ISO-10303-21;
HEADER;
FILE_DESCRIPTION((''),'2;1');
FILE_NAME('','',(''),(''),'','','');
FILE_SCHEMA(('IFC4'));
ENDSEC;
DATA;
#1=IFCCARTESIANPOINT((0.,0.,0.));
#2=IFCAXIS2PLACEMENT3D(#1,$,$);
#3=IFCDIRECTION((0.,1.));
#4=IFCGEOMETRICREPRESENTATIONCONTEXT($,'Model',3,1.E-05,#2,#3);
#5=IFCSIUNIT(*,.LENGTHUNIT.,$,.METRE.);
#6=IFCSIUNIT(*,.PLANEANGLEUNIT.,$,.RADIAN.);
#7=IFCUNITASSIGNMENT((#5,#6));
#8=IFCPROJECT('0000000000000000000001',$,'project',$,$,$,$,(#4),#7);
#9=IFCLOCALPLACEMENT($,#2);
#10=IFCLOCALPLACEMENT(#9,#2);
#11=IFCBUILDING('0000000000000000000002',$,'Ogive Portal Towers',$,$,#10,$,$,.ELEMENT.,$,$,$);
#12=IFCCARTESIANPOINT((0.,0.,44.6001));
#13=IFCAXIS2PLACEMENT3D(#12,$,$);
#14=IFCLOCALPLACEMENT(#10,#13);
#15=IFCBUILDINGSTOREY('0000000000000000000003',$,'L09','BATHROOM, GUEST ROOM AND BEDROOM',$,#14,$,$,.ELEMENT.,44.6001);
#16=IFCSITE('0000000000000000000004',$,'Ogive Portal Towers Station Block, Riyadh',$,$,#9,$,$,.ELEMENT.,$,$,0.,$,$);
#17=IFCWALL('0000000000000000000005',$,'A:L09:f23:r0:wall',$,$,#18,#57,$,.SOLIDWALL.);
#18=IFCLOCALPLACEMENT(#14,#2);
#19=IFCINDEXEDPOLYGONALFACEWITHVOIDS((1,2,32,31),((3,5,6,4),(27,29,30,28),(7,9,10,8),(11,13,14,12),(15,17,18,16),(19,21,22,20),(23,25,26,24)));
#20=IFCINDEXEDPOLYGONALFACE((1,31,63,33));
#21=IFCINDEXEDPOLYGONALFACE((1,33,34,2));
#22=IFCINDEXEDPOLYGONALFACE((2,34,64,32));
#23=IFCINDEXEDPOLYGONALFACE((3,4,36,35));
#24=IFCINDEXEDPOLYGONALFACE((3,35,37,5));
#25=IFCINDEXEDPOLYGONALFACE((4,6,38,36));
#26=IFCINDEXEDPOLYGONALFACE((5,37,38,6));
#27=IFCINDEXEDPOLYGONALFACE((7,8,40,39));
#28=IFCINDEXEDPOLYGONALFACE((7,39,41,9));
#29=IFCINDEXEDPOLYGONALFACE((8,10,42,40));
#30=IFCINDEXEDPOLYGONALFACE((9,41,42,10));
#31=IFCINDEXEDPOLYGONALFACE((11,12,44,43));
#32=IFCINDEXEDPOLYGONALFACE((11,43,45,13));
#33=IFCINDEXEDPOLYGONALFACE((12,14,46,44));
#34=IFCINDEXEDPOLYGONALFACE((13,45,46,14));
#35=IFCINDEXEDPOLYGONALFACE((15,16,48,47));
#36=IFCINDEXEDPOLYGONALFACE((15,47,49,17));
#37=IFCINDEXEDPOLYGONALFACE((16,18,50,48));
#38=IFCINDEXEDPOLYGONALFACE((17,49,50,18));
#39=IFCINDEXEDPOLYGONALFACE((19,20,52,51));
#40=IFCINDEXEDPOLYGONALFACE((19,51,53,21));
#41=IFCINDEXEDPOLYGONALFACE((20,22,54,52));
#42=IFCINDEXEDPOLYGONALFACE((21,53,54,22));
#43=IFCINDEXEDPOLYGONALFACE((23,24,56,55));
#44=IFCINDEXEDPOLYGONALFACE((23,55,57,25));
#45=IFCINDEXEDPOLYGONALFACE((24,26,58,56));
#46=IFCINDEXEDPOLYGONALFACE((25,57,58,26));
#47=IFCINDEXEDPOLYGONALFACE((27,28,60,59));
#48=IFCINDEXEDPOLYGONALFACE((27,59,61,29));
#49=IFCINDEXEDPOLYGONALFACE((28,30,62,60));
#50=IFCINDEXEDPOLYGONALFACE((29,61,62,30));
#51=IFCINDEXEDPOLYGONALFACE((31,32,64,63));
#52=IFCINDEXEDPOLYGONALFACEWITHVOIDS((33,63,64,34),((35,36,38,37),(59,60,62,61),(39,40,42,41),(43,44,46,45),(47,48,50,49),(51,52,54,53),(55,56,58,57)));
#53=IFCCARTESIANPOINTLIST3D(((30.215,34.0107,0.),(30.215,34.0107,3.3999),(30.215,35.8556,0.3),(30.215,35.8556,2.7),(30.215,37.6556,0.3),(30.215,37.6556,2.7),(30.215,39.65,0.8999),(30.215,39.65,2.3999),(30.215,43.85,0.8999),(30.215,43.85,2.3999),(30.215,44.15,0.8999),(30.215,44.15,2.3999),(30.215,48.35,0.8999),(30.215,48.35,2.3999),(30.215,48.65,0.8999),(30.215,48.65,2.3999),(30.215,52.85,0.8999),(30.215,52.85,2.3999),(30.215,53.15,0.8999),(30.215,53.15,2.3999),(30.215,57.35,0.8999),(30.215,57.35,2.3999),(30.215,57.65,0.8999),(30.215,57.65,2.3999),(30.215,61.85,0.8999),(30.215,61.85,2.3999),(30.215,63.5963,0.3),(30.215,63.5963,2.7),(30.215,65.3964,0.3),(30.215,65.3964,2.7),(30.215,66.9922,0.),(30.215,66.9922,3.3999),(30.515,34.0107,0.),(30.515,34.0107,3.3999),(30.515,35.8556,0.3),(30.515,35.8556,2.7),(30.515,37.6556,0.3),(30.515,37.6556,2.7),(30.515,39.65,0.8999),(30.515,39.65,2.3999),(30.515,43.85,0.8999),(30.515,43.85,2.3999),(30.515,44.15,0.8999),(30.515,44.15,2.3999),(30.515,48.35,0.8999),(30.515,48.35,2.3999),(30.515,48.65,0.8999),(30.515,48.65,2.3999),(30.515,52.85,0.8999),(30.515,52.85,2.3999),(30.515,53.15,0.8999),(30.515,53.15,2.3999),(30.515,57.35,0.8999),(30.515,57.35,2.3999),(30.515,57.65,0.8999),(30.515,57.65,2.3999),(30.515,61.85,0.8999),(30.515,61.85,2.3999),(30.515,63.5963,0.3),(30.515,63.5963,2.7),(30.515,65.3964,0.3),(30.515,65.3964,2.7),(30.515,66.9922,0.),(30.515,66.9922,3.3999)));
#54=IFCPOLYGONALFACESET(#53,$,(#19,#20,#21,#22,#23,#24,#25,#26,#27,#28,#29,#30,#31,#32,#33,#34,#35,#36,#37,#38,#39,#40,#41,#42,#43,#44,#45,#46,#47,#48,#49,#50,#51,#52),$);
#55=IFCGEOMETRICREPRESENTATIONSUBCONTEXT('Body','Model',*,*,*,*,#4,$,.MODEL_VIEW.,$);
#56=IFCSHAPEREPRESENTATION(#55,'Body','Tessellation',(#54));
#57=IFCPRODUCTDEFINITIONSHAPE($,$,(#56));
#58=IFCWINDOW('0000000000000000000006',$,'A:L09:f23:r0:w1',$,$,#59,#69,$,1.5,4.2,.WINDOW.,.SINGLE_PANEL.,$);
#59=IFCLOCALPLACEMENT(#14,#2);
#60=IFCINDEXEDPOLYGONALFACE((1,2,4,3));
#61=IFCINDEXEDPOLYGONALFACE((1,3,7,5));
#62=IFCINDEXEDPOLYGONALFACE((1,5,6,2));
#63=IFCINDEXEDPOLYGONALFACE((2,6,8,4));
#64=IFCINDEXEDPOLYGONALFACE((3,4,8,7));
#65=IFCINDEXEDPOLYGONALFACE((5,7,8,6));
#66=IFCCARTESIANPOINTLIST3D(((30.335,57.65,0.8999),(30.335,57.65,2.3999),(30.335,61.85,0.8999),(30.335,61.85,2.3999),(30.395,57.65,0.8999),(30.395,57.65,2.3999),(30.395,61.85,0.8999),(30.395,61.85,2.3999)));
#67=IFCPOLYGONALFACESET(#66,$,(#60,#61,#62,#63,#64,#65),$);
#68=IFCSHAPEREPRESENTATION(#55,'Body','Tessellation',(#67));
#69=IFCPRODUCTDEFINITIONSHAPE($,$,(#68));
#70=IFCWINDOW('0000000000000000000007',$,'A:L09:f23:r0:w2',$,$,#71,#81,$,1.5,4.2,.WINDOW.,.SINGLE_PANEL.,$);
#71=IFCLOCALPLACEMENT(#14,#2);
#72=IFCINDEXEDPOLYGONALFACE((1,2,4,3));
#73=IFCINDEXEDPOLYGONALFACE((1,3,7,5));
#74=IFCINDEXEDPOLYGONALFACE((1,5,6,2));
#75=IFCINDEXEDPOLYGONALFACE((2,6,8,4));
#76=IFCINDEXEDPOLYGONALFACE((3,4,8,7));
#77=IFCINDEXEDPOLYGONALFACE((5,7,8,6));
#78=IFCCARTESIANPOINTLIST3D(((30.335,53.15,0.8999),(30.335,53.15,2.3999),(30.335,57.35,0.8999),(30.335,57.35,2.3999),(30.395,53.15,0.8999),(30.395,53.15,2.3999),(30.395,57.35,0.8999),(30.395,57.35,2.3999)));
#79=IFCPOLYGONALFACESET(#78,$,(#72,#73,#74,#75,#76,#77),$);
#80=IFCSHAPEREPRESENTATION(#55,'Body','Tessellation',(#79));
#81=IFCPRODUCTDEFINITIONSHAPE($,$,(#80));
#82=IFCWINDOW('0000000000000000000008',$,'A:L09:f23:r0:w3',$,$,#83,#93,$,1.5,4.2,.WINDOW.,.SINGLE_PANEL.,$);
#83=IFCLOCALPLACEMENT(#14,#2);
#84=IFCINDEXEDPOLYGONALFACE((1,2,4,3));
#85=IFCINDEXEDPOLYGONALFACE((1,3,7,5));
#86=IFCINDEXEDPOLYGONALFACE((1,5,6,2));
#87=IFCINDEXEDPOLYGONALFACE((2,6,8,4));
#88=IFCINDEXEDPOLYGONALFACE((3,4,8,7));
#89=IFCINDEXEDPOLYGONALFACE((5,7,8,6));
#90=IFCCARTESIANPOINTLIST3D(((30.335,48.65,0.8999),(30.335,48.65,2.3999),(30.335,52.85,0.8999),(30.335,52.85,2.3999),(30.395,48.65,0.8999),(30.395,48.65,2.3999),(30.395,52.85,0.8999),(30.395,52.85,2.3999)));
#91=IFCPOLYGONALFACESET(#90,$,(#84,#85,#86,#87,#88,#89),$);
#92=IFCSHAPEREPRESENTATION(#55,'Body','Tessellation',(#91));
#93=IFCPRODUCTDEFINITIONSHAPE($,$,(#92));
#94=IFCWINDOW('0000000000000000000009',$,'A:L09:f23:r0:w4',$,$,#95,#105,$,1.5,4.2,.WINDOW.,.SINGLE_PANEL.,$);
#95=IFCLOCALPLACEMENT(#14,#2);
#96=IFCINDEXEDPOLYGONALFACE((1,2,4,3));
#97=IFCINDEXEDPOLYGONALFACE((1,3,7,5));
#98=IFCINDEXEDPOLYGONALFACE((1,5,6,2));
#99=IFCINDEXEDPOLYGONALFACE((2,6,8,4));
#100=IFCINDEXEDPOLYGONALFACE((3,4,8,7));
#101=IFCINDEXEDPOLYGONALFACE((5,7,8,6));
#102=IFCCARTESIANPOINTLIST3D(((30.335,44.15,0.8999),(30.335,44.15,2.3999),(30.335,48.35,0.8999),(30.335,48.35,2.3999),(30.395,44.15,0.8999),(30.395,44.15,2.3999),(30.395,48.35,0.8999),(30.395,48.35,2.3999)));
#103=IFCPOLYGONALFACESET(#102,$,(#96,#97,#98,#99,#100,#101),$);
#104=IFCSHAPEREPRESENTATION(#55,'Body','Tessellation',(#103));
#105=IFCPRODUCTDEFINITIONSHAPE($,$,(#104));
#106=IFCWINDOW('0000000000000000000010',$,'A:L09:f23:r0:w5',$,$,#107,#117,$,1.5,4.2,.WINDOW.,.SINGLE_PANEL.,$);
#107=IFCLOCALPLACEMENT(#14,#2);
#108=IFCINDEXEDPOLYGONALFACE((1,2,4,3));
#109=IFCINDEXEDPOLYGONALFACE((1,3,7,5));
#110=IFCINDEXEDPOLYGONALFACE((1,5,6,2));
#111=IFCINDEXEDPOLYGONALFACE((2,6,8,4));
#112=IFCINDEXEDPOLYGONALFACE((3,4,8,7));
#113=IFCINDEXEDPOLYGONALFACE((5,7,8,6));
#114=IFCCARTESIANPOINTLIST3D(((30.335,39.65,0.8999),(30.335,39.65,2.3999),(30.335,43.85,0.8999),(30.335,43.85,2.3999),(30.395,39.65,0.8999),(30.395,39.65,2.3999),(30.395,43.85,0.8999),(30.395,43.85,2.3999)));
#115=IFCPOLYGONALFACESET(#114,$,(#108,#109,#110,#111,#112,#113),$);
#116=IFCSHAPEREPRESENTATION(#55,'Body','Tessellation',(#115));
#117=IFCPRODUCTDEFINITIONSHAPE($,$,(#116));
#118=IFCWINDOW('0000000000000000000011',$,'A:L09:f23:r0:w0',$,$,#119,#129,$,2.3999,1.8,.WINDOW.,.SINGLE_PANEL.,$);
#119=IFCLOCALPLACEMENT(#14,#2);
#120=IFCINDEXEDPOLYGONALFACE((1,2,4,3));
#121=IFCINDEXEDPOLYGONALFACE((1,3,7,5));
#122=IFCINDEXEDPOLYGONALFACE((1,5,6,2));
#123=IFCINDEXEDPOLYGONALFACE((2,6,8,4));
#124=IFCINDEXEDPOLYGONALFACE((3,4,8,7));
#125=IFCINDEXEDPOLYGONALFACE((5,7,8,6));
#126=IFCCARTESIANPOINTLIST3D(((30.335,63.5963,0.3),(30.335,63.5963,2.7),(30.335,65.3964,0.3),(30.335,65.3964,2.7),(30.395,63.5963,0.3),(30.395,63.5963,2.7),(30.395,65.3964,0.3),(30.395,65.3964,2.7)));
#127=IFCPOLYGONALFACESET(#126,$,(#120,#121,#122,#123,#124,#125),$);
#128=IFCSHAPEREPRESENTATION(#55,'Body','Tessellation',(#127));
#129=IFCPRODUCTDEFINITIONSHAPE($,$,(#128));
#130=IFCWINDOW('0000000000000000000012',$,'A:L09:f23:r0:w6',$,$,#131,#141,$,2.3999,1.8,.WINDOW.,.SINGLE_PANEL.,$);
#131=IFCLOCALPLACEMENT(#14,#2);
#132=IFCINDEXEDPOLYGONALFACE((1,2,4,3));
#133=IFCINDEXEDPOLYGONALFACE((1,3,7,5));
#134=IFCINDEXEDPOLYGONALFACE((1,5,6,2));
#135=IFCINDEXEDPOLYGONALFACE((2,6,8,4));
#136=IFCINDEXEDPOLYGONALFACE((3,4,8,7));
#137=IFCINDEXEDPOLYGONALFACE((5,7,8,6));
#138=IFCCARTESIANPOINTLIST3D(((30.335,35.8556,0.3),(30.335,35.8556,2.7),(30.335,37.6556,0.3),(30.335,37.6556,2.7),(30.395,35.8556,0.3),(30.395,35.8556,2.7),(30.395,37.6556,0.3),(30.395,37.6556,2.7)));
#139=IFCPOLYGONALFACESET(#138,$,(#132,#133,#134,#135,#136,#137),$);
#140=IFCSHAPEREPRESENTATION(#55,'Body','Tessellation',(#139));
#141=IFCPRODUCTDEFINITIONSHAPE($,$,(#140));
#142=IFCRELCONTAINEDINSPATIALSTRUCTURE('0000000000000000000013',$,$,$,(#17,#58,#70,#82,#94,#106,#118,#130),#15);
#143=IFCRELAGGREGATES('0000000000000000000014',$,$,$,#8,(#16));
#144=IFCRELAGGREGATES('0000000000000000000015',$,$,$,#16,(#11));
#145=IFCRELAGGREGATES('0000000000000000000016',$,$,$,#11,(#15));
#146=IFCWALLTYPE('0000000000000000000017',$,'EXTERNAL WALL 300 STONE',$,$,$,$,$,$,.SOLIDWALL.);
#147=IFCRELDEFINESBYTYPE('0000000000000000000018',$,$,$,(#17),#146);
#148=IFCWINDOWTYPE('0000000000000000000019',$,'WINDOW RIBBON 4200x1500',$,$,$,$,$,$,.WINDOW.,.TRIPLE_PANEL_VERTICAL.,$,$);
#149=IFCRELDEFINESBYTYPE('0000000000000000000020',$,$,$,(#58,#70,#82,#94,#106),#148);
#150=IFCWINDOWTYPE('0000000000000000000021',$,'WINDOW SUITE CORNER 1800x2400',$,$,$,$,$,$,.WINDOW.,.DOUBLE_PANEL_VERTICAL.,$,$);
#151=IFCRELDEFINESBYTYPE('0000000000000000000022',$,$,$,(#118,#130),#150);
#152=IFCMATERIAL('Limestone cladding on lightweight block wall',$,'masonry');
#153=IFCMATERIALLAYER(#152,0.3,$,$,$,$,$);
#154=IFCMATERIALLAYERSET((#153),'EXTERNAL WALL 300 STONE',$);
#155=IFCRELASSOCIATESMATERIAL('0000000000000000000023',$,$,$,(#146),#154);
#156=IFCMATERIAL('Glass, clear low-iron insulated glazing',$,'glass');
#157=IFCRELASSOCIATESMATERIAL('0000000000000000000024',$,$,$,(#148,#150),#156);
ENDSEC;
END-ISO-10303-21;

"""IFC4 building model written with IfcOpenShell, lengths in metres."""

from ifc_helpers import new_model, si_unit, direction, frame, frame_2d, origin, place, context, subcontext, project, spatial, rectangle, extrude, material, layer, layer_set, type_object, element, fill, save


model = new_model("IFC4")

# Units and contexts
model_context = context("Model", 3, precision=1e-05, world=origin(), true_north=direction((0.0, 1.0)))
body_context = subcontext(model_context, "Body", "Model", "MODEL_VIEW")
ifc_project = project(units=[si_unit("LENGTHUNIT", "METRE"), si_unit("PLANEANGLEUNIT", "RADIAN")], contexts=[model_context])

# Site, building, storey
site_placement = place(None, origin())
site = spatial("IfcSite", under=ifc_project, at=site_placement, Name="Ogive Portal Towers Station Block, Riyadh", CompositionType="ELEMENT", RefElevation=0.0)
building_placement = place(site_placement, origin())
building = spatial("IfcBuilding", under=site, at=building_placement, Name="Ogive Portal Towers", CompositionType="ELEMENT")
storey_placement = place(building_placement, frame((0.0, 0.0, 44.6001)))
storey = spatial("IfcBuildingStorey", under=building, at=storey_placement, Name="L09", Description="BATHROOM, GUEST ROOM AND BEDROOM", CompositionType="ELEMENT", Elevation=44.6001)

# Shared definitions
ifc_material_1 = material(Name="Glass, clear low-iron insulated glazing", Category="glass")

# Wall, openings, windows
ifc_material_2 = material(Name="Limestone cladding on lightweight block wall", Category="masonry")
ifc_layer_1 = layer(ifc_material_2, 0.3)
ifc_layer_set_1 = layer_set([ifc_layer_1], Name="EXTERNAL WALL 300 STONE")
wall_type_1 = type_object("IfcWallType", Name="EXTERNAL WALL 300 STONE", PredefinedType="SOLIDWALL", material=ifc_layer_set_1)
wall_1_placement = place(storey_placement, frame((30.365, 66.9922, 0.0), z_axis=(0.0, 0.0, 1.0), x_axis=(0.0, -1.0, 0.0)))
wall_1 = element("IfcWall", 1, at=wall_1_placement, inside=storey, type_object=wall_type_1, Name="A:L09:f23:r0:wall", PredefinedType="SOLIDWALL", context=body_context, shape_type="SweptSolid", body=[
    extrude(rectangle(XDim=32.9814, YDim=0.3, at=frame_2d((16.4907, 0.0))), origin(), (0.0, 0.0, 1.0), 3.3999),
])
opening_1_placement = place(wall_1_placement, frame((1.5959, 0.0, 0.3)))
opening_1 = element("IfcOpeningElement", 2, at=opening_1_placement, cuts=wall_1, PredefinedType="OPENING", context=body_context, shape_type="SweptSolid", body=[
    extrude(rectangle(XDim=1.8, YDim=2.3999, at=frame_2d((0.8999, 1.2))), frame((0.0, 0.1602, 0.0), z_axis=(0.0, -1.0, 0.0), x_axis=(1.0, 0.0, 0.0)), (0.0, 0.0, 1.0), 0.3201),
])
opening_2_placement = place(wall_1_placement, frame((5.1421, 0.0, 0.8999)))
opening_2 = element("IfcOpeningElement", 3, at=opening_2_placement, cuts=wall_1, PredefinedType="OPENING", context=body_context, shape_type="SweptSolid", body=[
    extrude(rectangle(XDim=4.2, YDim=1.5, at=frame_2d((2.1001, 0.75))), frame((0.0, 0.1602, 0.0), z_axis=(0.0, -1.0, 0.0), x_axis=(1.0, 0.0, 0.0)), (0.0, 0.0, 1.0), 0.3201),
])
opening_3_placement = place(wall_1_placement, frame((9.6421, 0.0, 0.8999)))
opening_3 = element("IfcOpeningElement", 4, at=opening_3_placement, cuts=wall_1, PredefinedType="OPENING", context=body_context, shape_type="SweptSolid", body=[
    extrude(rectangle(XDim=4.2, YDim=1.5, at=frame_2d((2.1001, 0.75))), frame((0.0, 0.1602, 0.0), z_axis=(0.0, -1.0, 0.0), x_axis=(1.0, 0.0, 0.0)), (0.0, 0.0, 1.0), 0.3201),
])
opening_4_placement = place(wall_1_placement, frame((14.1421, 0.0, 0.8999)))
opening_4 = element("IfcOpeningElement", 5, at=opening_4_placement, cuts=wall_1, PredefinedType="OPENING", context=body_context, shape_type="SweptSolid", body=[
    extrude(rectangle(XDim=4.2, YDim=1.5, at=frame_2d((2.1001, 0.75))), frame((0.0, 0.1602, 0.0), z_axis=(0.0, -1.0, 0.0), x_axis=(1.0, 0.0, 0.0)), (0.0, 0.0, 1.0), 0.3201),
])
opening_5_placement = place(wall_1_placement, frame((18.6421, 0.0, 0.8999)))
opening_5 = element("IfcOpeningElement", 6, at=opening_5_placement, cuts=wall_1, PredefinedType="OPENING", context=body_context, shape_type="SweptSolid", body=[
    extrude(rectangle(XDim=4.2, YDim=1.5, at=frame_2d((2.1001, 0.75))), frame((0.0, 0.1602, 0.0), z_axis=(0.0, -1.0, 0.0), x_axis=(1.0, 0.0, 0.0)), (0.0, 0.0, 1.0), 0.3201),
])
opening_6_placement = place(wall_1_placement, frame((23.1421, 0.0, 0.8999)))
opening_6 = element("IfcOpeningElement", 7, at=opening_6_placement, cuts=wall_1, PredefinedType="OPENING", context=body_context, shape_type="SweptSolid", body=[
    extrude(rectangle(XDim=4.2, YDim=1.5, at=frame_2d((2.1001, 0.75))), frame((0.0, 0.1602, 0.0), z_axis=(0.0, -1.0, 0.0), x_axis=(1.0, 0.0, 0.0)), (0.0, 0.0, 1.0), 0.3201),
])
opening_7_placement = place(wall_1_placement, frame((29.3367, 0.0, 0.3)))
opening_7 = element("IfcOpeningElement", 8, at=opening_7_placement, cuts=wall_1, PredefinedType="OPENING", context=body_context, shape_type="SweptSolid", body=[
    extrude(rectangle(XDim=1.8, YDim=2.3999, at=frame_2d((0.8999, 1.2))), frame((0.0, 0.1602, 0.0), z_axis=(0.0, -1.0, 0.0), x_axis=(1.0, 0.0, 0.0)), (0.0, 0.0, 1.0), 0.3201),
])
window_type_1 = type_object("IfcWindowType", Name="WINDOW RIBBON 4200x1500", PartitioningType="TRIPLE_PANEL_VERTICAL", PredefinedType="WINDOW", material=ifc_material_1)
window_1_placement = place(opening_2_placement, origin())
window_1 = element("IfcWindow", 9, at=window_1_placement, inside=storey, type_object=window_type_1, Name="A:L09:f23:r0:w1", OverallHeight=1.5, OverallWidth=4.2, PartitioningType="SINGLE_PANEL", PredefinedType="WINDOW", context=body_context, shape_type="SweptSolid", body=[
    extrude(rectangle(XDim=4.2, YDim=1.5, at=frame_2d((2.1001, 0.75))), frame((0.0, 0.03, 0.0), z_axis=(0.0, -1.0, 0.0), x_axis=(1.0, 0.0, 0.0)), (0.0, 0.0, 1.0), 0.0601),
])
fill(opening_2, window_1)
window_2_placement = place(opening_3_placement, origin())
window_2 = element("IfcWindow", 10, at=window_2_placement, inside=storey, type_object=window_type_1, Name="A:L09:f23:r0:w2", OverallHeight=1.5, OverallWidth=4.2, PartitioningType="SINGLE_PANEL", PredefinedType="WINDOW", context=body_context, shape_type="SweptSolid", body=[
    extrude(rectangle(XDim=4.2, YDim=1.5, at=frame_2d((2.1001, 0.75))), frame((0.0, 0.03, 0.0), z_axis=(0.0, -1.0, 0.0), x_axis=(1.0, 0.0, 0.0)), (0.0, 0.0, 1.0), 0.0601),
])
fill(opening_3, window_2)
window_3_placement = place(opening_4_placement, origin())
window_3 = element("IfcWindow", 11, at=window_3_placement, inside=storey, type_object=window_type_1, Name="A:L09:f23:r0:w3", OverallHeight=1.5, OverallWidth=4.2, PartitioningType="SINGLE_PANEL", PredefinedType="WINDOW", context=body_context, shape_type="SweptSolid", body=[
    extrude(rectangle(XDim=4.2, YDim=1.5, at=frame_2d((2.1001, 0.75))), frame((0.0, 0.03, 0.0), z_axis=(0.0, -1.0, 0.0), x_axis=(1.0, 0.0, 0.0)), (0.0, 0.0, 1.0), 0.0601),
])
fill(opening_4, window_3)
window_4_placement = place(opening_5_placement, origin())
window_4 = element("IfcWindow", 12, at=window_4_placement, inside=storey, type_object=window_type_1, Name="A:L09:f23:r0:w4", OverallHeight=1.5, OverallWidth=4.2, PartitioningType="SINGLE_PANEL", PredefinedType="WINDOW", context=body_context, shape_type="SweptSolid", body=[
    extrude(rectangle(XDim=4.2, YDim=1.5, at=frame_2d((2.1001, 0.75))), frame((0.0, 0.03, 0.0), z_axis=(0.0, -1.0, 0.0), x_axis=(1.0, 0.0, 0.0)), (0.0, 0.0, 1.0), 0.0601),
])
fill(opening_5, window_4)
window_5_placement = place(opening_6_placement, origin())
window_5 = element("IfcWindow", 13, at=window_5_placement, inside=storey, type_object=window_type_1, Name="A:L09:f23:r0:w5", OverallHeight=1.5, OverallWidth=4.2, PartitioningType="SINGLE_PANEL", PredefinedType="WINDOW", context=body_context, shape_type="SweptSolid", body=[
    extrude(rectangle(XDim=4.2, YDim=1.5, at=frame_2d((2.1001, 0.75))), frame((0.0, 0.03, 0.0), z_axis=(0.0, -1.0, 0.0), x_axis=(1.0, 0.0, 0.0)), (0.0, 0.0, 1.0), 0.0601),
])
fill(opening_6, window_5)
window_type_2 = type_object("IfcWindowType", Name="WINDOW SUITE CORNER 1800x2400", PartitioningType="DOUBLE_PANEL_VERTICAL", PredefinedType="WINDOW", material=ifc_material_1)
window_6_placement = place(opening_1_placement, origin())
window_6 = element("IfcWindow", 14, at=window_6_placement, inside=storey, type_object=window_type_2, Name="A:L09:f23:r0:w0", OverallHeight=2.3999, OverallWidth=1.8, PartitioningType="SINGLE_PANEL", PredefinedType="WINDOW", context=body_context, shape_type="SweptSolid", body=[
    extrude(rectangle(XDim=1.8, YDim=2.3999, at=frame_2d((0.8999, 1.2))), frame((0.0, 0.03, 0.0), z_axis=(0.0, -1.0, 0.0), x_axis=(1.0, 0.0, 0.0)), (0.0, 0.0, 1.0), 0.0601),
])
fill(opening_1, window_6)
window_7_placement = place(opening_7_placement, origin())
window_7 = element("IfcWindow", 15, at=window_7_placement, inside=storey, type_object=window_type_2, Name="A:L09:f23:r0:w6", OverallHeight=2.3999, OverallWidth=1.8, PartitioningType="SINGLE_PANEL", PredefinedType="WINDOW", context=body_context, shape_type="SweptSolid", body=[
    extrude(rectangle(XDim=1.8, YDim=2.3999, at=frame_2d((0.8999, 1.2))), frame((0.0, 0.03, 0.0), z_axis=(0.0, -1.0, 0.0), x_axis=(1.0, 0.0, 0.0)), (0.0, 0.0, 1.0), 0.0601),
])
fill(opening_7, window_7)

save(model, "model.ifc")
